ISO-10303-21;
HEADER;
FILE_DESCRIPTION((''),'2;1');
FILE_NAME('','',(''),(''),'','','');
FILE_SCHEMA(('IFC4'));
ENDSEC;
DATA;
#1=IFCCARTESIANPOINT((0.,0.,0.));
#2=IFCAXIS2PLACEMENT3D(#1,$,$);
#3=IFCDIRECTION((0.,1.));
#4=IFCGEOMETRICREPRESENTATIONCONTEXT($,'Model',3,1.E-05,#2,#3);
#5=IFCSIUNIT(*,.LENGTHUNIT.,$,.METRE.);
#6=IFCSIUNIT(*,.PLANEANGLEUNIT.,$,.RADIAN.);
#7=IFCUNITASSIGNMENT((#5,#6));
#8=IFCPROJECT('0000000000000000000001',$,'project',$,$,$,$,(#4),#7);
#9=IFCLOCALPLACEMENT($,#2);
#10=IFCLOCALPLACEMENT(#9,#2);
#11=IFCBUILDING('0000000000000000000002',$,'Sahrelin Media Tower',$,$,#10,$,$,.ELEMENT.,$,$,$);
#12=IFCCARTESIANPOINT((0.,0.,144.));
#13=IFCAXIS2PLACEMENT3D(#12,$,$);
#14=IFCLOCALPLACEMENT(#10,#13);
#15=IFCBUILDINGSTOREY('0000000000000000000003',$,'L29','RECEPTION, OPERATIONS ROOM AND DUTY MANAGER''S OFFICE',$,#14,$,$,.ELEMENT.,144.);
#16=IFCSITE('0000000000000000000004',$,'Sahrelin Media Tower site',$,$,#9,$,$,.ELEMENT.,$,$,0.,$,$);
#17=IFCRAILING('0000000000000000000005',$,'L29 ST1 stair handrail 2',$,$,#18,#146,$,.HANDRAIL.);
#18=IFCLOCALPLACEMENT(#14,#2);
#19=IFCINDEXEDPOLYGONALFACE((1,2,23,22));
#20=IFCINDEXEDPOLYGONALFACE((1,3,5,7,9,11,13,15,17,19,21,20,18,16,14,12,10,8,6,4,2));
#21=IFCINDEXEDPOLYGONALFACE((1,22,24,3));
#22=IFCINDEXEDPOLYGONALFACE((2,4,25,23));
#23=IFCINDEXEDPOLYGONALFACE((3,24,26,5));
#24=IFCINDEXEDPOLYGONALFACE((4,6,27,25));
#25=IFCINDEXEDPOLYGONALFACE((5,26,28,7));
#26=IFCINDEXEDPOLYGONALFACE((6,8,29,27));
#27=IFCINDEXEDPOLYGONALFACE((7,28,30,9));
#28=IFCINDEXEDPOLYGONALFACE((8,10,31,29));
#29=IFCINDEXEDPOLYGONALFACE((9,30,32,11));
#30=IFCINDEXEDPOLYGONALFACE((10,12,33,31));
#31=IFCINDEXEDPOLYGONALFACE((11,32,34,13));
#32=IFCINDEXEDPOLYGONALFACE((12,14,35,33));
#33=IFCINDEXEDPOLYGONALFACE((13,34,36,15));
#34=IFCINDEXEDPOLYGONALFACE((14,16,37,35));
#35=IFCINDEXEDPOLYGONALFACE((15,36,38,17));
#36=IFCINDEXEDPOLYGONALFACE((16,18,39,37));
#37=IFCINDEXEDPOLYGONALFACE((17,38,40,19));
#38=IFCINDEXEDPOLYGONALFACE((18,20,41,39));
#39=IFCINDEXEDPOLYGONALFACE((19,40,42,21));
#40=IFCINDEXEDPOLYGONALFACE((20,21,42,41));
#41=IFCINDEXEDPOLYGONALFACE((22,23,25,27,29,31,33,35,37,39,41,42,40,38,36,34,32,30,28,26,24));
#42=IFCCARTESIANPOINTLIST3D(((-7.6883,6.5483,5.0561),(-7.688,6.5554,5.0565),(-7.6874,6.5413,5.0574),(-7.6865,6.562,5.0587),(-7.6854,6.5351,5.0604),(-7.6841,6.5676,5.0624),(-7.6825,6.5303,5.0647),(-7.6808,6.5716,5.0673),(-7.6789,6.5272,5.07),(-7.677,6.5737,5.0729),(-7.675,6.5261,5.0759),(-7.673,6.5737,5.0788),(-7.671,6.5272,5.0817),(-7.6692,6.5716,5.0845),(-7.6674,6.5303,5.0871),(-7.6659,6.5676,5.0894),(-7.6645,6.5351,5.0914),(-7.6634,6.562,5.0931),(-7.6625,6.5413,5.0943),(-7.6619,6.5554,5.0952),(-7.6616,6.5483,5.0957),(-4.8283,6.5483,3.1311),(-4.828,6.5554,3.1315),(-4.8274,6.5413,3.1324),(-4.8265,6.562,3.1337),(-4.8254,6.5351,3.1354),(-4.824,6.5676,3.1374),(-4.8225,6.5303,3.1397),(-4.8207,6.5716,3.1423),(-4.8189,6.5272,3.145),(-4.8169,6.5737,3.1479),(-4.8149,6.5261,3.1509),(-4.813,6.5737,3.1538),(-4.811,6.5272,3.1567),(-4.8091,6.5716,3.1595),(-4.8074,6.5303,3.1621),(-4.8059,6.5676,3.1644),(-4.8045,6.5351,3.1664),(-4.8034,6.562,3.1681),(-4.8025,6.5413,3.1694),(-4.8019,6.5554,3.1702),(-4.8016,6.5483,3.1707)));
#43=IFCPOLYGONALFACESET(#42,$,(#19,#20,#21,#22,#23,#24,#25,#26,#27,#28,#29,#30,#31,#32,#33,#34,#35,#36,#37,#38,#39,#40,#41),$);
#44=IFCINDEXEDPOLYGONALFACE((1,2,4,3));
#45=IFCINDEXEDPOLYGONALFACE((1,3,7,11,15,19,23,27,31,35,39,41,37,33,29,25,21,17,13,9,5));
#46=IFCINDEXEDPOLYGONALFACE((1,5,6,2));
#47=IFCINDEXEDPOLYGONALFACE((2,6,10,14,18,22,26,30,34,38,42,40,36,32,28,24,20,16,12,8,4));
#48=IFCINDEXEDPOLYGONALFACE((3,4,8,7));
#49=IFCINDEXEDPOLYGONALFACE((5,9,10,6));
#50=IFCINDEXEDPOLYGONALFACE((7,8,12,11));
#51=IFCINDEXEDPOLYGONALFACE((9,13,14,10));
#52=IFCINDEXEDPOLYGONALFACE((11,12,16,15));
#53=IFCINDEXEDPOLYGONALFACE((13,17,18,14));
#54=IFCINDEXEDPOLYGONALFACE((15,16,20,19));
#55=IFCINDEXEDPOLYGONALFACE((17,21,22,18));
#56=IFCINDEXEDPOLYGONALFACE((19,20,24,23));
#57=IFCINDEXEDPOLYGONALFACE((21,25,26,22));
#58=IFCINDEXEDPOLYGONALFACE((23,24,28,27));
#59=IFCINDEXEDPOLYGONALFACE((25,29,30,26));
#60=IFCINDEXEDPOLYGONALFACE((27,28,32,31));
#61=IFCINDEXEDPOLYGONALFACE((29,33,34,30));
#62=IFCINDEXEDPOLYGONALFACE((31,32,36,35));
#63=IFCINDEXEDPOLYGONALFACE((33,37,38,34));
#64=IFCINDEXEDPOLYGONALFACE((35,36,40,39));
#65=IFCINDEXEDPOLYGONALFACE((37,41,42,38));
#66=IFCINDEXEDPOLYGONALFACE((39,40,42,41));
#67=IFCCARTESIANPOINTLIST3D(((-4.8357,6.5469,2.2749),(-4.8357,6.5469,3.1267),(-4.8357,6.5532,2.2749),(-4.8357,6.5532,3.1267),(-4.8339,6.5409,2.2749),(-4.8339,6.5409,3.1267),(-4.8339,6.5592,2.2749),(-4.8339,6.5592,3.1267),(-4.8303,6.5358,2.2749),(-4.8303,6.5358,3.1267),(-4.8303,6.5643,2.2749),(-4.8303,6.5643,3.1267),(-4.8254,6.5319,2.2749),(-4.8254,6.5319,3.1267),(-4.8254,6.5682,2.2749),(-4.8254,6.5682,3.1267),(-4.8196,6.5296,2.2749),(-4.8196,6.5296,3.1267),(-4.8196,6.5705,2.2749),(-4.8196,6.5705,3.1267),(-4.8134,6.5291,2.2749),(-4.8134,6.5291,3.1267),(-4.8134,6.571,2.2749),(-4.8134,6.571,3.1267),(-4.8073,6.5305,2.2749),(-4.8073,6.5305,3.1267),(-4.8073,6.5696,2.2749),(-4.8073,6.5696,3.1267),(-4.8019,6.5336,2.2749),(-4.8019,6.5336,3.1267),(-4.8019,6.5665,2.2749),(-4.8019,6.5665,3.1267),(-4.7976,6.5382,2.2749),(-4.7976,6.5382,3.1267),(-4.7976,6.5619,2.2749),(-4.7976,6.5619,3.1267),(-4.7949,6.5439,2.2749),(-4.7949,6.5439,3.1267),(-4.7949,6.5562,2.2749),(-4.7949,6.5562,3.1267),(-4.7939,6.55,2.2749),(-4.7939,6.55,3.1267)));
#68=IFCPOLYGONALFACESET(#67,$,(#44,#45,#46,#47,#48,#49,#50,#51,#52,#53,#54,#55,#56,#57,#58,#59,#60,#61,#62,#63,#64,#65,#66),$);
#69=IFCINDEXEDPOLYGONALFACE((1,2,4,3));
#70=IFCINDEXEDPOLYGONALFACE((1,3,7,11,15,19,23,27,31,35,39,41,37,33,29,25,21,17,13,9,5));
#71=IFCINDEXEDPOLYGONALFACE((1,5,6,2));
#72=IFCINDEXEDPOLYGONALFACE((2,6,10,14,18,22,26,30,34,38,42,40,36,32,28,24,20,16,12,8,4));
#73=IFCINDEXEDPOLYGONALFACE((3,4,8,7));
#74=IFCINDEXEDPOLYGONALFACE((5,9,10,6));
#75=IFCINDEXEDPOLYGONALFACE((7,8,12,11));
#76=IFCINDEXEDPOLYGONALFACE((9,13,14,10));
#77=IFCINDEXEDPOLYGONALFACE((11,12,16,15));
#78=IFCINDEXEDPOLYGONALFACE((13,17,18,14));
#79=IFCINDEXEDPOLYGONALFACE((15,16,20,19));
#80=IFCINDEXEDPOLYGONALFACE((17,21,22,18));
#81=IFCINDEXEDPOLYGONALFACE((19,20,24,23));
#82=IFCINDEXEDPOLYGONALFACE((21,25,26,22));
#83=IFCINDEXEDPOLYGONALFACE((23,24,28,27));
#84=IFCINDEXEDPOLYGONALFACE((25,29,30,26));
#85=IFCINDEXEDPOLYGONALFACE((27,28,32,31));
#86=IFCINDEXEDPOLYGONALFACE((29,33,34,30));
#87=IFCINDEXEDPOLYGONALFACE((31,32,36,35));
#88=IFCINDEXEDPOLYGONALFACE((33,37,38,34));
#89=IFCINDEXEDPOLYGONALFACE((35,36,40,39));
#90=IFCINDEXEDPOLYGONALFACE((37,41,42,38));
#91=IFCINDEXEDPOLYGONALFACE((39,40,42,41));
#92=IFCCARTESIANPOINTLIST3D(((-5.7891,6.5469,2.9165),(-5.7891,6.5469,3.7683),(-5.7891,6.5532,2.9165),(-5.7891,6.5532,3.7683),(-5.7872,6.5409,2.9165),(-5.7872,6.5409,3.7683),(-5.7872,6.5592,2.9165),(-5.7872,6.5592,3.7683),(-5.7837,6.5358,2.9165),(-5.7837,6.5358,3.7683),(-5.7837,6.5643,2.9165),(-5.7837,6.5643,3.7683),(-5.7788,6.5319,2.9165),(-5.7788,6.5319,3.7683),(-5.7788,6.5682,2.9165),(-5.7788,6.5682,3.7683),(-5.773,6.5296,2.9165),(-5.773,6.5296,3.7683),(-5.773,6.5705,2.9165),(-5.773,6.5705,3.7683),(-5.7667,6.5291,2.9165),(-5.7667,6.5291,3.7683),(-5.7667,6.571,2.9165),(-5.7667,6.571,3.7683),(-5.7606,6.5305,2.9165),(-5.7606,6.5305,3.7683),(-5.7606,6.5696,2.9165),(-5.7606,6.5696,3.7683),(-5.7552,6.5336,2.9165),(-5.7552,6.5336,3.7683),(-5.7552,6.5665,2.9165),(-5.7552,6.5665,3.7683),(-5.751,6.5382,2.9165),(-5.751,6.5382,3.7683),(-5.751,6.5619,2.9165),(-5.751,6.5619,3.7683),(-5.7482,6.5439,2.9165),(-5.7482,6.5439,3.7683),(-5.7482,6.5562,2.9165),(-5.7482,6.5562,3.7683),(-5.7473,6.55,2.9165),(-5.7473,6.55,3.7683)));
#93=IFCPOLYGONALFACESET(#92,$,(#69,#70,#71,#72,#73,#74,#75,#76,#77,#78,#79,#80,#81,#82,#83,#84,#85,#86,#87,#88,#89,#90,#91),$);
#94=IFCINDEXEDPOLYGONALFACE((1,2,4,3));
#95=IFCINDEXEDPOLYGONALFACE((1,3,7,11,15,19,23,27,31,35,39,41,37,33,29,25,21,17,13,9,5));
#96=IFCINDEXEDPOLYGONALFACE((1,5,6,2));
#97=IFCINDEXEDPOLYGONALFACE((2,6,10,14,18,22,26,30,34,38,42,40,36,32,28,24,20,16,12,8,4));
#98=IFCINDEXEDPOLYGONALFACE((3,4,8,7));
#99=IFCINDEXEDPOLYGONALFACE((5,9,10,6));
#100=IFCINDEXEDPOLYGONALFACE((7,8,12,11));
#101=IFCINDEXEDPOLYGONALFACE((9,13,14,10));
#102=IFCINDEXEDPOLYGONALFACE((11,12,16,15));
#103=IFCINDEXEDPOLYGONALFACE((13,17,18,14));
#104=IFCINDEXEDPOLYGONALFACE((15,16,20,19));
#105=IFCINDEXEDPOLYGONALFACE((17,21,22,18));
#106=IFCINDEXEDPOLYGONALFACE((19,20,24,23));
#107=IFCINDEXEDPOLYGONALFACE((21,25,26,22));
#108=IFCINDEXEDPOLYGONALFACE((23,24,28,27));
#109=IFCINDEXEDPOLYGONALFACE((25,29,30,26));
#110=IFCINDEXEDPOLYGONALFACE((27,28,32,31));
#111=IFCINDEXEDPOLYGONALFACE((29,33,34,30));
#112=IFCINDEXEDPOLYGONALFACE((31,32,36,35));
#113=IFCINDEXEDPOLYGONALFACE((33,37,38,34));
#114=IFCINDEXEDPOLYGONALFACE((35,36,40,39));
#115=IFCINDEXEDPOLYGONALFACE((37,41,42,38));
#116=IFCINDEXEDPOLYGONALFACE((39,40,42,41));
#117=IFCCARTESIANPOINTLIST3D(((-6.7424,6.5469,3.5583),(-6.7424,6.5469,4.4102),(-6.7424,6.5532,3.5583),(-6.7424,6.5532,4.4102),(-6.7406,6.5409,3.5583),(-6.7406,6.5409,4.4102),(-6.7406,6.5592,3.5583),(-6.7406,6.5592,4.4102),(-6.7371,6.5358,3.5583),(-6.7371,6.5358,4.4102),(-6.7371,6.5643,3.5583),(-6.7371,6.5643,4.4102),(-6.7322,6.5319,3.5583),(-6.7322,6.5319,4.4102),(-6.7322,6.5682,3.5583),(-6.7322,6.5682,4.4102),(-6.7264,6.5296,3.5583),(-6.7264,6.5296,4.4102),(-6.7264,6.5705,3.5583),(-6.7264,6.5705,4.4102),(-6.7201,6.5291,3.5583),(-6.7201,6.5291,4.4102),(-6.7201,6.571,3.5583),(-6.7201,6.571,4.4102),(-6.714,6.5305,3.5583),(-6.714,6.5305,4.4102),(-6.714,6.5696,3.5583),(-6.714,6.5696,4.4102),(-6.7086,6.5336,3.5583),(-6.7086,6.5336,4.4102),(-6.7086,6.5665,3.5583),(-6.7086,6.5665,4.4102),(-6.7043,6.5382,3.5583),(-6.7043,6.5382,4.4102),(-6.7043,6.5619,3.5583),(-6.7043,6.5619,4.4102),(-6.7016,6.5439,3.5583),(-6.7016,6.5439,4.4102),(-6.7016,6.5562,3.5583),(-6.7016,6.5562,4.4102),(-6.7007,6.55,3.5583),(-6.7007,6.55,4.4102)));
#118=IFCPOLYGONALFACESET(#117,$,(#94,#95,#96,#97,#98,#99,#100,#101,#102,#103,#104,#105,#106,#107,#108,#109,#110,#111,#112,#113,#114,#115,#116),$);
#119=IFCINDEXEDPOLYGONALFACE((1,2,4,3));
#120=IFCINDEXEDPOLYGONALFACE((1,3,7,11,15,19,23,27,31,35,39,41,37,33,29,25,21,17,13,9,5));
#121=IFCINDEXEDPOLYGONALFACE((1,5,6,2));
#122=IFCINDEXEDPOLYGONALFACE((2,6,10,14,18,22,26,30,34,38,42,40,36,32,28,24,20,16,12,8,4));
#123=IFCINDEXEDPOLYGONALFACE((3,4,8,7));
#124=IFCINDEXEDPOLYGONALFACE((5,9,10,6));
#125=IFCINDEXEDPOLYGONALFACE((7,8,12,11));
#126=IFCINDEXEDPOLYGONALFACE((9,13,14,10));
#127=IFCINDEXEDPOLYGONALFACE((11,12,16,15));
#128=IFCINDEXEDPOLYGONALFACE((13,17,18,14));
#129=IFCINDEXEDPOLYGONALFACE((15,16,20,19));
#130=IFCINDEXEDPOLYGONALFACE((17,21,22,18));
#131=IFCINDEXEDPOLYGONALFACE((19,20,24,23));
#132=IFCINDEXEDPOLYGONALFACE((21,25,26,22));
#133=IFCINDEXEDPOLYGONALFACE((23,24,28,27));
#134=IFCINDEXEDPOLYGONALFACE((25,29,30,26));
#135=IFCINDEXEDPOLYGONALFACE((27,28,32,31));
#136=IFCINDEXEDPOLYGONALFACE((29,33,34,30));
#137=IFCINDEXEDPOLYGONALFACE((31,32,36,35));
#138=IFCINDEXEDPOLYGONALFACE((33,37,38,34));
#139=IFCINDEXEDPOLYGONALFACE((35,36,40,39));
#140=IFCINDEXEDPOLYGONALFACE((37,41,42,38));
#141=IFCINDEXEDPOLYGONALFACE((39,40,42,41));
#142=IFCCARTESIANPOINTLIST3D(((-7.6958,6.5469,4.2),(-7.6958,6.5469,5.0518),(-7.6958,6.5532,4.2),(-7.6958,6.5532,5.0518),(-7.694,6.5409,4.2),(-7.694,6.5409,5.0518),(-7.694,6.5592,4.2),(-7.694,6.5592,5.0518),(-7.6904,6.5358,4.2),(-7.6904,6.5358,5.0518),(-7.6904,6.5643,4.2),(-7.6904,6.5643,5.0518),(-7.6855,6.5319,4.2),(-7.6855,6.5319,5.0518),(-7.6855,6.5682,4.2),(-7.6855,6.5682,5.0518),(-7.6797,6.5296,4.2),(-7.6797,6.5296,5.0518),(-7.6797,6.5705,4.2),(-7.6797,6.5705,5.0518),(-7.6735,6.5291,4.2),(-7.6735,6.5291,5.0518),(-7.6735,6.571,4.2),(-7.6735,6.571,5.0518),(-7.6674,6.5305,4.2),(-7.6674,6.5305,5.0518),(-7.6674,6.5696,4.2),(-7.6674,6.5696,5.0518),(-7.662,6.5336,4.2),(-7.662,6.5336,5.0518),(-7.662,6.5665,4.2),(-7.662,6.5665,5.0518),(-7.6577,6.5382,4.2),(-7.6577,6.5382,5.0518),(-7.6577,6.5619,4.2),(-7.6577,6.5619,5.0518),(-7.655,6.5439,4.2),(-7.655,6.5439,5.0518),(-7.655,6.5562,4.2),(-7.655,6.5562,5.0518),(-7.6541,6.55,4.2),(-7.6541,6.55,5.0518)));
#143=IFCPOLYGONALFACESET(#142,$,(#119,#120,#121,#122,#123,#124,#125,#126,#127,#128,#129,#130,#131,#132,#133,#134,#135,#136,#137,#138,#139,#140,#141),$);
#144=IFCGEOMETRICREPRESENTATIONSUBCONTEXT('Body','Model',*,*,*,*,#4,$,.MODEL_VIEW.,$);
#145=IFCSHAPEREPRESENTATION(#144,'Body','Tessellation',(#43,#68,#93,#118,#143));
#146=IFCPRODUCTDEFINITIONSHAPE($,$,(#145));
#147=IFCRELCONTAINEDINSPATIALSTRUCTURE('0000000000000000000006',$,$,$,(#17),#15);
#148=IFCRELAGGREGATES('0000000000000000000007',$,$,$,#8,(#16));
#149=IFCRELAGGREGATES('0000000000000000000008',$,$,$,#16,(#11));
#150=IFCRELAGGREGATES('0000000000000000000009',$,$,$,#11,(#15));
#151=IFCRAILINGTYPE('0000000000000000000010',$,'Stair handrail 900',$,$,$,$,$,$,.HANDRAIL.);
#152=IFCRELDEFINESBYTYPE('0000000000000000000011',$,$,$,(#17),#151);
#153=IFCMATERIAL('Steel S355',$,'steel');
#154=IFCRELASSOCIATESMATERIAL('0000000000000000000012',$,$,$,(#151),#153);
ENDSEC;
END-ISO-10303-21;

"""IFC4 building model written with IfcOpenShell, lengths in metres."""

from ifc_helpers import new_model, si_unit, direction, frame, origin, origin_2d, place, context, subcontext, project, spatial, circle, extrude, material, type_object, element, save


model = new_model("IFC4")

# Units and contexts
model_context = context("Model", 3, precision=1e-05, world=origin(), true_north=direction((0.0, 1.0)))
body_context = subcontext(model_context, "Body", "Model", "MODEL_VIEW")
ifc_project = project(units=[si_unit("LENGTHUNIT", "METRE"), si_unit("PLANEANGLEUNIT", "RADIAN")], contexts=[model_context])

# Site, building, storey
site_placement = place(None, origin())
site = spatial("IfcSite", under=ifc_project, at=site_placement, Name="Sahrelin Media Tower site", CompositionType="ELEMENT", RefElevation=0.0)
building_placement = place(site_placement, origin())
building = spatial("IfcBuilding", under=site, at=building_placement, Name="Sahrelin Media Tower", CompositionType="ELEMENT")
storey_placement = place(building_placement, frame((0.0, 0.0, 144.0)))
storey = spatial("IfcBuildingStorey", under=building, at=storey_placement, Name="L29", Description="RECEPTION, OPERATIONS ROOM AND DUTY MANAGER'S OFFICE", CompositionType="ELEMENT", Elevation=144.0)

# Shared definitions
ifc_material_1 = material(Name="Steel S355", Category="steel")

# Railing
railing_type_1 = type_object("IfcRailingType", Name="Stair handrail 900", PredefinedType="HANDRAIL", material=ifc_material_1)
railing_1_placement = place(storey_placement, frame((-4.8149, 6.55, 2.2749)))
element("IfcRailing", 1, at=railing_1_placement, inside=storey, type_object=railing_type_1, Name="L29 ST1 stair handrail 2", PredefinedType="HANDRAIL", context=body_context, shape_type="SweptSolid", body=[
    extrude(circle(Radius=0.0239, at=origin_2d()), frame((0.0, 0.0, 0.876), z_axis=(-0.829591, 0.0, 0.558372), x_axis=(0.0, -1.0, 0.0)), (0.0, 0.0, 1.0), 3.4475),
    extrude(circle(Radius=0.021, at=origin_2d()), origin(), (0.0, 0.0, 1.0), 0.8518),
    extrude(circle(Radius=0.021, at=origin_2d()), frame((-0.9534, 0.0, 0.6416)), (0.0, 0.0, 1.0), 0.8518),
    extrude(circle(Radius=0.021, at=origin_2d()), frame((-1.9067, 0.0, 1.2834)), (0.0, 0.0, 1.0), 0.8518),
    extrude(circle(Radius=0.021, at=origin_2d()), frame((-2.8601, 0.0, 1.925)), (0.0, 0.0, 1.0), 0.8518),
])

save(model, "model.ifc")
